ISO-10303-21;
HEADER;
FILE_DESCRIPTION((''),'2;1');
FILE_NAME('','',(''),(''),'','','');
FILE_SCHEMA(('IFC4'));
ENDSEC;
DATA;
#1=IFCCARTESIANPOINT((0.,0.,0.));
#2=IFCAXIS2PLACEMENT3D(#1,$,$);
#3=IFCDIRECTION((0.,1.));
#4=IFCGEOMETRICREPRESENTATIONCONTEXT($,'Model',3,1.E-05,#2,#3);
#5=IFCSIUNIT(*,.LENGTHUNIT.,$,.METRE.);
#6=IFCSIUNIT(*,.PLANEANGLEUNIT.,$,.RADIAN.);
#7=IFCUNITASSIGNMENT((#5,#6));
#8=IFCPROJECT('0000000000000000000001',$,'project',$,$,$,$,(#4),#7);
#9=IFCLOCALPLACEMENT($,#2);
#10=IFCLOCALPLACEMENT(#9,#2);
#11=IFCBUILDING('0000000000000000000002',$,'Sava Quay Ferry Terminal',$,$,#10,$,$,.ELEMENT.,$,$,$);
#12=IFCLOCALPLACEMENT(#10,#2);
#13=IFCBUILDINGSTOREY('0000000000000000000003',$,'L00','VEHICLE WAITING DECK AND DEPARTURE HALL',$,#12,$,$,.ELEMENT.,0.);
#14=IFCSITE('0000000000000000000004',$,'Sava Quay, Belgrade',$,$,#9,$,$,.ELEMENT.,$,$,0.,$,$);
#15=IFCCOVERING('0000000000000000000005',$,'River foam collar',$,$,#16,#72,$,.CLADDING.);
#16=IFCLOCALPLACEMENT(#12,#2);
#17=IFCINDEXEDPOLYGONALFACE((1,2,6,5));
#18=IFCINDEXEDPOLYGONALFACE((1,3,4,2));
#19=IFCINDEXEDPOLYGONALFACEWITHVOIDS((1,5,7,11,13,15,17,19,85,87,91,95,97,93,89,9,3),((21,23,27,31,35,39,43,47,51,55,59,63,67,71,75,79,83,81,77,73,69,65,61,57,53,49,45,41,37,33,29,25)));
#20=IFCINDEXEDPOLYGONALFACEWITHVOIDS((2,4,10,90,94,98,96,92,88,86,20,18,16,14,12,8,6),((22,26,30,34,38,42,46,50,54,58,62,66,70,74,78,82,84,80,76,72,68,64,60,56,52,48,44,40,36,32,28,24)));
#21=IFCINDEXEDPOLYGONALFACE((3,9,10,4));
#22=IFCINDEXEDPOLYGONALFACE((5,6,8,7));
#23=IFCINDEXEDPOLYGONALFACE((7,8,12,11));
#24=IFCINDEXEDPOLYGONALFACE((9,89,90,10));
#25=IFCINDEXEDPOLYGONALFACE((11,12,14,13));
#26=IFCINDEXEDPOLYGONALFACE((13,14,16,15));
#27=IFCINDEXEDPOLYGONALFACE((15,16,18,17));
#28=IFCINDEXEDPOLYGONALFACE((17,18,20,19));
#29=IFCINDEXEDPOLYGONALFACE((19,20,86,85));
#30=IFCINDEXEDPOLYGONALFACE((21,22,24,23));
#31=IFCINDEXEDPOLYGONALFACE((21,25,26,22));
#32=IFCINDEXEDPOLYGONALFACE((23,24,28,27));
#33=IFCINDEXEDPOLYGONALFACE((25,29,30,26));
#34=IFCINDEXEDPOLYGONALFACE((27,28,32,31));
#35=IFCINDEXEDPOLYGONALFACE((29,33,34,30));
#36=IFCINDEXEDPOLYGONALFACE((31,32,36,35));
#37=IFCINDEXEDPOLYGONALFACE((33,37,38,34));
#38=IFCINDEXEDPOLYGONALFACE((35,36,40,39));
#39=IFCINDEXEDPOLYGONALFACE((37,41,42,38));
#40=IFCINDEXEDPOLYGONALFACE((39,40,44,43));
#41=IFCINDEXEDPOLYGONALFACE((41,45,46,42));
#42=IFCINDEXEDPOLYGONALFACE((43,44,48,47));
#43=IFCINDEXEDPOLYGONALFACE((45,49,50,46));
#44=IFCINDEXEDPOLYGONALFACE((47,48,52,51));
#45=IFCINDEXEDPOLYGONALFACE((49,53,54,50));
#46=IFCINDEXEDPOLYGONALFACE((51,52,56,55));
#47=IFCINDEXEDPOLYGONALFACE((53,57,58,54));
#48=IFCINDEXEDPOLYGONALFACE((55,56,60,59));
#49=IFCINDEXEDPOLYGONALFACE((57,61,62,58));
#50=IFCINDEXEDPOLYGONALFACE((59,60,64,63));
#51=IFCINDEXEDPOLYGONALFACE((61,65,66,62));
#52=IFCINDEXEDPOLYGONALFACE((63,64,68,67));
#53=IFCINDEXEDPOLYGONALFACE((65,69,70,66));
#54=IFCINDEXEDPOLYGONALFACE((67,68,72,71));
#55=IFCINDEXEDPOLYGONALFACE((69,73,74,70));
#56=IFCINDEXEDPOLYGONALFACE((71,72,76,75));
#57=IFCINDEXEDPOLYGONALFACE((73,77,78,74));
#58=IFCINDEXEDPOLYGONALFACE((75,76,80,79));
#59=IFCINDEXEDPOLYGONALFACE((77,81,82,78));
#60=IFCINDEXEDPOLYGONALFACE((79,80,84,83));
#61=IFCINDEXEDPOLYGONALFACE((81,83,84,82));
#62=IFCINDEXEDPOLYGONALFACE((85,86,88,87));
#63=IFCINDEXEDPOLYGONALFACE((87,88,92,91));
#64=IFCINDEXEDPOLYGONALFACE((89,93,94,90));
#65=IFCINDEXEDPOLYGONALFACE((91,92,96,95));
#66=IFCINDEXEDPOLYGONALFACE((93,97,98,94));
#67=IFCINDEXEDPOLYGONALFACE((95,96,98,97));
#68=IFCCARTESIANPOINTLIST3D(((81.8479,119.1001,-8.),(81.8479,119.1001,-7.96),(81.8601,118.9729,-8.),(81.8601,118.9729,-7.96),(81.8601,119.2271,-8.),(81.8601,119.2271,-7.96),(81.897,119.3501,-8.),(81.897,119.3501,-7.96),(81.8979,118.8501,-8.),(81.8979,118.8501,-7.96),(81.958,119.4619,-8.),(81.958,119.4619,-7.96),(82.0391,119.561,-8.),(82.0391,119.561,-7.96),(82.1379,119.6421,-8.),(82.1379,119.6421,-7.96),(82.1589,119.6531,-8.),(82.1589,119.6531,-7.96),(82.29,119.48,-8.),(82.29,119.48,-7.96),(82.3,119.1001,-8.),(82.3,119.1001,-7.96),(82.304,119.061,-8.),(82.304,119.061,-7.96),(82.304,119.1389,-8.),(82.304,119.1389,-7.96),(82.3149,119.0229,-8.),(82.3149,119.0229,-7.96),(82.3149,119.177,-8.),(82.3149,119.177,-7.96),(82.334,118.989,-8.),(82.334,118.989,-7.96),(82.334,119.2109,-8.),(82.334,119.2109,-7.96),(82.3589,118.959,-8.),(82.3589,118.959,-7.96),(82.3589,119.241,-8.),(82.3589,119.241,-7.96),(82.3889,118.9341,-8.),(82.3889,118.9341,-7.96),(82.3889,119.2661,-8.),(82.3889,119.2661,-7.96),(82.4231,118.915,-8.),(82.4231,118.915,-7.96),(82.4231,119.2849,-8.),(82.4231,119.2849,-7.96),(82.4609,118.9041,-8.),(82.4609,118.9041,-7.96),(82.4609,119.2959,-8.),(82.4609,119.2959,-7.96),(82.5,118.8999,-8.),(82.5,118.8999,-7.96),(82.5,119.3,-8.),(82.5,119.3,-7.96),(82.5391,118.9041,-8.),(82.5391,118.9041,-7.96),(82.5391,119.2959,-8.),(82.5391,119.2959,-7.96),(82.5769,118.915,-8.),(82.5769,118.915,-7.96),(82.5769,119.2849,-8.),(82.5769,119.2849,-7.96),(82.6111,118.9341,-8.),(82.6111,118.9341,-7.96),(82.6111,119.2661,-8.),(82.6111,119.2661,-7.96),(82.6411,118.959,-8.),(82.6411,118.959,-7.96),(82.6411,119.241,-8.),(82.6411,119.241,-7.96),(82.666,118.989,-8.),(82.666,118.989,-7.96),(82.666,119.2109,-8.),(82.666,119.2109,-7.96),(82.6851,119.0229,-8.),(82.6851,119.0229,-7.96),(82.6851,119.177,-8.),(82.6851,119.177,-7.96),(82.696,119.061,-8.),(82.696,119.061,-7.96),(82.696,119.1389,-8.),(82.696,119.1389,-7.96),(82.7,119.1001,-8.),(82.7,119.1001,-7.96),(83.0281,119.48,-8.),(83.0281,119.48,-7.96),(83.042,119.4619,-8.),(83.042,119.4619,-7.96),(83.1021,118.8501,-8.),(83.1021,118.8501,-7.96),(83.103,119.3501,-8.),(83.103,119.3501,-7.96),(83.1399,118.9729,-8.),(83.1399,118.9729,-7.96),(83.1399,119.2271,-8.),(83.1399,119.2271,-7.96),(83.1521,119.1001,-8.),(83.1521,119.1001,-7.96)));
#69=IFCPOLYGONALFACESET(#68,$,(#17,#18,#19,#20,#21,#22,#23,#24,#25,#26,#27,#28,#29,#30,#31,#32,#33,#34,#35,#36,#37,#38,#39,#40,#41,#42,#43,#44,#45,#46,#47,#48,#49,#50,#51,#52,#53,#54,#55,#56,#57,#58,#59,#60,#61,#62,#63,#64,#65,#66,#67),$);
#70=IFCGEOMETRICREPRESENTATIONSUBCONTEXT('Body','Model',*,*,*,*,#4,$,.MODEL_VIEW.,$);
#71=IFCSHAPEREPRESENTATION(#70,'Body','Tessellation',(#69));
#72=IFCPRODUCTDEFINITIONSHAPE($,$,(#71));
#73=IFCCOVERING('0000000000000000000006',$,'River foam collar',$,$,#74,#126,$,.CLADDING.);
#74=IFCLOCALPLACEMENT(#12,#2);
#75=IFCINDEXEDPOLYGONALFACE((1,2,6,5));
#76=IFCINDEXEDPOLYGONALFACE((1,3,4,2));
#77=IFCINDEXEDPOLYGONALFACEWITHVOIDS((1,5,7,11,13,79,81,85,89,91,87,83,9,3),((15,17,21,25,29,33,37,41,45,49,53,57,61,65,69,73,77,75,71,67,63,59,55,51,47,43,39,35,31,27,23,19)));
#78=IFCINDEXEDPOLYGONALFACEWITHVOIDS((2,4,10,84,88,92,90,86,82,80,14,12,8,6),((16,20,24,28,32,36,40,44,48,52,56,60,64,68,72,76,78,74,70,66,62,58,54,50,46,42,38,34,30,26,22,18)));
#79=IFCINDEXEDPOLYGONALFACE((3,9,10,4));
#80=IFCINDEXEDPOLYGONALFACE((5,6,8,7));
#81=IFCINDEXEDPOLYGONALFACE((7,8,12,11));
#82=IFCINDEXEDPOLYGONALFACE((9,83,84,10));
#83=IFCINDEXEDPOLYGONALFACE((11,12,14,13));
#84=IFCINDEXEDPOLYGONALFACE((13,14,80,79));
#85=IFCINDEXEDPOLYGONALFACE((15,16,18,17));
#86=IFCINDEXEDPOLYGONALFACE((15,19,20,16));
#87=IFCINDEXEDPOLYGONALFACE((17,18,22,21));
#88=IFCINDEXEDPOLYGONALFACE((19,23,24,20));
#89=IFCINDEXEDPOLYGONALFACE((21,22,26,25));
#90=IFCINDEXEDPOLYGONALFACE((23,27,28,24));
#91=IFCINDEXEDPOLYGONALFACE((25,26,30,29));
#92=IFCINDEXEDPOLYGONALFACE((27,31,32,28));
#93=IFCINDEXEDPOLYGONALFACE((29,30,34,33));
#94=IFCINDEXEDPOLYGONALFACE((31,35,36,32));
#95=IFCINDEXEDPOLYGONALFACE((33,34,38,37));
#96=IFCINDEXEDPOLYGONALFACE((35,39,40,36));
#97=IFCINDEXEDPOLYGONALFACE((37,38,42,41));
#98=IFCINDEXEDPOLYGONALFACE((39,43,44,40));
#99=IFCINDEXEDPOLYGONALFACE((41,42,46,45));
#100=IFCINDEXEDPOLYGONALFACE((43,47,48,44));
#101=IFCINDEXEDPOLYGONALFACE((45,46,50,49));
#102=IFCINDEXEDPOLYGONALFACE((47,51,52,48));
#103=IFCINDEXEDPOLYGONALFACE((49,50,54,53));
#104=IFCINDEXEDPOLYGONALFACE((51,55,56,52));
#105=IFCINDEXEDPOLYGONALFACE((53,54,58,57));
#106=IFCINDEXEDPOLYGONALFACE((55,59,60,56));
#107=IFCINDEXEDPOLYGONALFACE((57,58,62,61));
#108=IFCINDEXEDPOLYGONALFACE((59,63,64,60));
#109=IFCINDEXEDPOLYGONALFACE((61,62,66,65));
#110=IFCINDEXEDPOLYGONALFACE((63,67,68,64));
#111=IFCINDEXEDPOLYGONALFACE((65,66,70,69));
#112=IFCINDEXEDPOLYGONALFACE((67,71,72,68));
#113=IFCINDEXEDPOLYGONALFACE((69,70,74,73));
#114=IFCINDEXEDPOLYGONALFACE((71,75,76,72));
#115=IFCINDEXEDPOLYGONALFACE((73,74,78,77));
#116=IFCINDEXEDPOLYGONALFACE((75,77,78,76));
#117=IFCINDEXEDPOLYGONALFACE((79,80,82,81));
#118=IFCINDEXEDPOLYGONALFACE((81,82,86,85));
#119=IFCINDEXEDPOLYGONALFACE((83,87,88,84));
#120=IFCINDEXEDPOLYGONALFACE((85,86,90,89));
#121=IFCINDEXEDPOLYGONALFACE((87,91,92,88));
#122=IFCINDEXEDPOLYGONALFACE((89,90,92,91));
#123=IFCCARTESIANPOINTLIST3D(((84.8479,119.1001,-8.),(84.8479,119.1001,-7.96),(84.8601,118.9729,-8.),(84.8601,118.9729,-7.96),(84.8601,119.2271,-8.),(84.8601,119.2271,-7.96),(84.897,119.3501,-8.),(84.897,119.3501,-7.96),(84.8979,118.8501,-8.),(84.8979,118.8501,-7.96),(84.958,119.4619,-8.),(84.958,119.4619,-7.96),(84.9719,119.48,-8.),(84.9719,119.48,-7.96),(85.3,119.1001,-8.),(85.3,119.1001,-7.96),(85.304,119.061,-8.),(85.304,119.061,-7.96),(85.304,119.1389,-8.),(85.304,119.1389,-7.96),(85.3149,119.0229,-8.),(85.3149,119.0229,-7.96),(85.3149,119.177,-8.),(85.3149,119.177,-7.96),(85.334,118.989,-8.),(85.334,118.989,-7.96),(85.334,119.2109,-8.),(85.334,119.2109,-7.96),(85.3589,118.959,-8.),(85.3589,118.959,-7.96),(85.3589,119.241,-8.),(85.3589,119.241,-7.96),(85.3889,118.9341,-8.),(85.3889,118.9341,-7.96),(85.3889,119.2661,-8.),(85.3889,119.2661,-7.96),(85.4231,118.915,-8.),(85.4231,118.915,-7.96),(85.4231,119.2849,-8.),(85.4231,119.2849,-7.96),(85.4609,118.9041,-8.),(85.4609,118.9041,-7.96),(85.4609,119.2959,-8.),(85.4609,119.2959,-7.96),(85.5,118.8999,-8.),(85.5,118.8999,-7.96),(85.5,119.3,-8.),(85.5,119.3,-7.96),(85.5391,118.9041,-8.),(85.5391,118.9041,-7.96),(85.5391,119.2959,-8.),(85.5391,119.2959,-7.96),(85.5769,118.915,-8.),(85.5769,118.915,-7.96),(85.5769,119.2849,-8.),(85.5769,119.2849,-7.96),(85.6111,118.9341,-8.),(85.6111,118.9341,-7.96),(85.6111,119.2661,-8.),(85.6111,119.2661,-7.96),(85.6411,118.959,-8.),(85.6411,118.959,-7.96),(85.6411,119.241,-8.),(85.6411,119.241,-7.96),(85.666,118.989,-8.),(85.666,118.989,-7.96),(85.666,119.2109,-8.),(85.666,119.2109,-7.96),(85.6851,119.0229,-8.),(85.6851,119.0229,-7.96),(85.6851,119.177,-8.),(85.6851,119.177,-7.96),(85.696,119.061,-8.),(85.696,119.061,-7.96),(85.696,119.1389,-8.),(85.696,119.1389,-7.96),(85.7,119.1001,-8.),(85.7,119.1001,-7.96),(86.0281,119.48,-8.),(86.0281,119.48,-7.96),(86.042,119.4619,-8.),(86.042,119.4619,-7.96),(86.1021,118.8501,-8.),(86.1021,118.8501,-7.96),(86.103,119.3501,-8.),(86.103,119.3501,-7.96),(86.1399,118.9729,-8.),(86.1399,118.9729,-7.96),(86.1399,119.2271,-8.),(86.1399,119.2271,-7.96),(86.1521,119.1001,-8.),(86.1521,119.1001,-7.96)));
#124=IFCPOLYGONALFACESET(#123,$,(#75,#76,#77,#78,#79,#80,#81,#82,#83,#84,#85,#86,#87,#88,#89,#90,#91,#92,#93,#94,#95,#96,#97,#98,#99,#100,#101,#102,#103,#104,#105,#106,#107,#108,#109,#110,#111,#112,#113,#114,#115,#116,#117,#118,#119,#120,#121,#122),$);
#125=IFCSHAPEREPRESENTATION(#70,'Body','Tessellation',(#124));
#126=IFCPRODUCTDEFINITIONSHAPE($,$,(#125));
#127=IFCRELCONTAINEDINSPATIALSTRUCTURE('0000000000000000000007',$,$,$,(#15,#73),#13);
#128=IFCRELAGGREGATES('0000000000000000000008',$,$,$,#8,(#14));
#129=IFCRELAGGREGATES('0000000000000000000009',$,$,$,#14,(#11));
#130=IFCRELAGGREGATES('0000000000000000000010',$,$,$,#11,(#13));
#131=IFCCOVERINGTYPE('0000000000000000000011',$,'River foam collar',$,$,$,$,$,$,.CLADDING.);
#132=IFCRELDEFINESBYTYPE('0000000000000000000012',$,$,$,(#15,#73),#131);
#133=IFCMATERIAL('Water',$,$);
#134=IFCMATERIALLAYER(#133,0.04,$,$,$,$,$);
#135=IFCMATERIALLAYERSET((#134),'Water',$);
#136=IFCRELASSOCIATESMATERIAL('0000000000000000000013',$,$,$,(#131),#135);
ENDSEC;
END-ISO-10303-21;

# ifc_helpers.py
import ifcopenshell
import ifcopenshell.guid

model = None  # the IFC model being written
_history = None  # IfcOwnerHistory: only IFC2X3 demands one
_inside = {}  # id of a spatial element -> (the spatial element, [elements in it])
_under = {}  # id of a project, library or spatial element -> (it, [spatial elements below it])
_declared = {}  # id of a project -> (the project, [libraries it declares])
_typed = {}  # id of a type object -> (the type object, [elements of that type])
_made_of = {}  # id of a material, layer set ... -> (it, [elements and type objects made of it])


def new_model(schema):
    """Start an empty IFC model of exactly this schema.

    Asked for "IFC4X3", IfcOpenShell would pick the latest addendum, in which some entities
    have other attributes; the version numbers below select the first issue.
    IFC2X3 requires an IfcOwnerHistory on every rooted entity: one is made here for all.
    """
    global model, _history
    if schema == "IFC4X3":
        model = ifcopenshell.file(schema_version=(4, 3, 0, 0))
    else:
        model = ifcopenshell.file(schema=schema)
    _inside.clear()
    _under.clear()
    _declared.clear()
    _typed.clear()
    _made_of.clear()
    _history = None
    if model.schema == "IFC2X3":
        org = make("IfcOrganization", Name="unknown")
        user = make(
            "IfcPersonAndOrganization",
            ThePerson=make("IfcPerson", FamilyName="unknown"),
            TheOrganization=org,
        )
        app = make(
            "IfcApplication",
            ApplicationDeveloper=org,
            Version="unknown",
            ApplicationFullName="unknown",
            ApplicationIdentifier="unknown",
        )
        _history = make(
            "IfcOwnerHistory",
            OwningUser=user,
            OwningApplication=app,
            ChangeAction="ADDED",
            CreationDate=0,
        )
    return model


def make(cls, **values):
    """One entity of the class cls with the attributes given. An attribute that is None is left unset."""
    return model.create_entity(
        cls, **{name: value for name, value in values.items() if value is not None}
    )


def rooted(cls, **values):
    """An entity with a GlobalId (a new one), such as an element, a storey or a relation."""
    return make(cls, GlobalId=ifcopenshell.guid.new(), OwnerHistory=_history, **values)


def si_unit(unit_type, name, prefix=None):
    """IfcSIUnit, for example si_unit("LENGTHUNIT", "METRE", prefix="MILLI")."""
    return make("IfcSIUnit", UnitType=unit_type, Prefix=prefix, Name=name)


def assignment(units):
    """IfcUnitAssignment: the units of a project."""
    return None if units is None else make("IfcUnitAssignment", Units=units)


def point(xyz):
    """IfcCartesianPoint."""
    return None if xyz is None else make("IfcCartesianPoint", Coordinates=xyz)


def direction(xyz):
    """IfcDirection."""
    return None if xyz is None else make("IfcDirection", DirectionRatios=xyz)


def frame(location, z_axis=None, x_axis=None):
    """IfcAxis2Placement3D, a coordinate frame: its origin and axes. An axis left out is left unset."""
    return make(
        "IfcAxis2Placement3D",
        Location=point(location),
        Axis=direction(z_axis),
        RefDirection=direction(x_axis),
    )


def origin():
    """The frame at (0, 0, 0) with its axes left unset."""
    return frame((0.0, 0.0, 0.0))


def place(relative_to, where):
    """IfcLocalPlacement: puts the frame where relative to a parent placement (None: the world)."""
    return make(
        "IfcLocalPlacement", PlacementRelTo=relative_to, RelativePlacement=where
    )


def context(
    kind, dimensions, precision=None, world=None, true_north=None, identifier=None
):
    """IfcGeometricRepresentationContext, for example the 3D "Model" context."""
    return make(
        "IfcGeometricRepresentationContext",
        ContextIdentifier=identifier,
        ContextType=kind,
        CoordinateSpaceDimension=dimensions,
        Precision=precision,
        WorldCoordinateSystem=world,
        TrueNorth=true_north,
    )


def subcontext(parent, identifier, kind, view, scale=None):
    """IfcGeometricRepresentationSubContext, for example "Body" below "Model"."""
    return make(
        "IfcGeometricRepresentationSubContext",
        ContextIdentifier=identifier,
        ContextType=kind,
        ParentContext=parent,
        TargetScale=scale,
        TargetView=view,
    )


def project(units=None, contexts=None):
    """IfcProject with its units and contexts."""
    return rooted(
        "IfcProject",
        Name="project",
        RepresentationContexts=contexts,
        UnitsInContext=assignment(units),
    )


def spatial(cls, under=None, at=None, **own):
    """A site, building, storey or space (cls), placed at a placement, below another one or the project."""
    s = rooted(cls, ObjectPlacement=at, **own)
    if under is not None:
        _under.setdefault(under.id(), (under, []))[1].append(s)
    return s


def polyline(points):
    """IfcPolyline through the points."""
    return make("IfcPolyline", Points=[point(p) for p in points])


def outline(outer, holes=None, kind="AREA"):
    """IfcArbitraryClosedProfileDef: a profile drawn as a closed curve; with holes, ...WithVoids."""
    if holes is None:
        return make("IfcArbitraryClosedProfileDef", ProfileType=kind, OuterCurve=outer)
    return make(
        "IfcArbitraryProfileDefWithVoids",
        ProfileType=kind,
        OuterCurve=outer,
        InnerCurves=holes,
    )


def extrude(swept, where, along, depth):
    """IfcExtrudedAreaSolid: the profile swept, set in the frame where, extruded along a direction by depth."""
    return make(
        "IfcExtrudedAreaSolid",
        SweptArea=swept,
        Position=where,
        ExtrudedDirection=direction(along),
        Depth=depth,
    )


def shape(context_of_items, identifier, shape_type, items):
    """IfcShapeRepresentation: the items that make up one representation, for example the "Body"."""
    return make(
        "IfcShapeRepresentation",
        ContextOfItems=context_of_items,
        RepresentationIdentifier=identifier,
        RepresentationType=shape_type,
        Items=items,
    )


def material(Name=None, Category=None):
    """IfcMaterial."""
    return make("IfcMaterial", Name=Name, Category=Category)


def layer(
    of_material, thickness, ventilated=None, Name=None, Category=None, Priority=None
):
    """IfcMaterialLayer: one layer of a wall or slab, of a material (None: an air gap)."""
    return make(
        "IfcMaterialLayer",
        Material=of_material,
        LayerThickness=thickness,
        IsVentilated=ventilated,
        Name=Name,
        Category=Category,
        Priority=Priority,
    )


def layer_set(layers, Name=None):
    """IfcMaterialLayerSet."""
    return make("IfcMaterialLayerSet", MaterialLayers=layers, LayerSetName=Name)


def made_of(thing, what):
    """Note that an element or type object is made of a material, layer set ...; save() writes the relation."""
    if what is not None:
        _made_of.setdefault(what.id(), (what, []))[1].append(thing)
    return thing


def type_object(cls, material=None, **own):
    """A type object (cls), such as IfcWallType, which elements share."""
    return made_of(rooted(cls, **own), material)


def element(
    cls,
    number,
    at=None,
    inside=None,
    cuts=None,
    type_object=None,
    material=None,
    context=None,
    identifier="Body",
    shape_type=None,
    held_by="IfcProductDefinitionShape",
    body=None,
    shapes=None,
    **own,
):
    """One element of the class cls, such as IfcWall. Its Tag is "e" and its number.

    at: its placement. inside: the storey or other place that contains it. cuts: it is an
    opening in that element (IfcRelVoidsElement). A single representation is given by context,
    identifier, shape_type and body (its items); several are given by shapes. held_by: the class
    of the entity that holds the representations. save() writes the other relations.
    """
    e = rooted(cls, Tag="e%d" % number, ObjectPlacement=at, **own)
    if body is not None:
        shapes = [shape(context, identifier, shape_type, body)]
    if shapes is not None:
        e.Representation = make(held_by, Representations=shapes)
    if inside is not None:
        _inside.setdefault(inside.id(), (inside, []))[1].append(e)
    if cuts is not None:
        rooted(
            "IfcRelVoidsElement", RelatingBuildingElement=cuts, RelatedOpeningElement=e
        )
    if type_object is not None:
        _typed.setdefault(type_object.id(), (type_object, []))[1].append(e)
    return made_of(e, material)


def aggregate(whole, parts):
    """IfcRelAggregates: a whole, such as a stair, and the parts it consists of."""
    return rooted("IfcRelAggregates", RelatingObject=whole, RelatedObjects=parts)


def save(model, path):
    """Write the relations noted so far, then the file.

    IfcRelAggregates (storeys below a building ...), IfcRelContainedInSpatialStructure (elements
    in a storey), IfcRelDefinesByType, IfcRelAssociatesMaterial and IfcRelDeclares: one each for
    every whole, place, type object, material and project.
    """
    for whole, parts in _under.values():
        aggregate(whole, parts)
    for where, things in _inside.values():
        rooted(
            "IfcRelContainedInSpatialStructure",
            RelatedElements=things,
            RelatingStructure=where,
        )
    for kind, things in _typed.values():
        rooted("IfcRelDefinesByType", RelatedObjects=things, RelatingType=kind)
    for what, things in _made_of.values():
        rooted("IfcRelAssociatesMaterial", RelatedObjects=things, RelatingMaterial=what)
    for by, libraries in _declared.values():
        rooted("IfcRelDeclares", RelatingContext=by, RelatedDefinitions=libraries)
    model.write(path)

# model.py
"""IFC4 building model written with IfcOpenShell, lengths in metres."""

from ifc_helpers import new_model, si_unit, direction, frame, origin, place, context, subcontext, project, spatial, polyline, outline, extrude, material, layer, layer_set, type_object, element, save


model = new_model("IFC4")

# Units and contexts
model_context = context("Model", 3, precision=1e-05, world=origin(), true_north=direction((0.0, 1.0)))
body_context = subcontext(model_context, "Body", "Model", "MODEL_VIEW")
ifc_project = project(units=[si_unit("LENGTHUNIT", "METRE"), si_unit("PLANEANGLEUNIT", "RADIAN")], contexts=[model_context])

# Site, building, storey
site_placement = place(None, origin())
site = spatial("IfcSite", under=ifc_project, at=site_placement, Name="Sava Quay, Belgrade", CompositionType="ELEMENT", RefElevation=0.0)
building_placement = place(site_placement, origin())
building = spatial("IfcBuilding", under=site, at=building_placement, Name="Sava Quay Ferry Terminal", CompositionType="ELEMENT")
storey_placement = place(building_placement, origin())
storey = spatial("IfcBuildingStorey", under=building, at=storey_placement, Name="L00", Description="VEHICLE WAITING DECK AND DEPARTURE HALL", CompositionType="ELEMENT", Elevation=0.0)

# Coverings
ifc_material = material(Name="Water")
ifc_layer = layer(ifc_material, 0.04)
ifc_layer_set = layer_set([ifc_layer], Name="Water")
covering_type = type_object("IfcCoveringType", Name="River foam collar", PredefinedType="CLADDING", material=ifc_layer_set)
covering_1_placement = place(storey_placement, frame((0.0, 0.0, -8.0)))
element("IfcCovering", 1, at=covering_1_placement, inside=storey, type_object=covering_type, Name="River foam collar", PredefinedType="CLADDING", context=body_context, shape_type="SweptSolid", body=[
    extrude(outline(polyline([(81.8979, 118.8501), (83.1021, 118.8501), (83.1399, 118.9729), (83.1521, 119.1001), (83.1399, 119.2271), (83.103, 119.3501), (83.042, 119.4619), (83.0281, 119.48), (82.29, 119.48), (82.1589, 119.6531), (82.1379, 119.6421), (82.0391, 119.561), (81.958, 119.4619), (81.897, 119.3501), (81.8601, 119.2271), (81.8479, 119.1001), (81.8601, 118.9729), (81.8979, 118.8501)]), holes=[polyline([(82.4231, 118.915), (82.3889, 118.9341), (82.3589, 118.959), (82.334, 118.989), (82.3149, 119.0229), (82.304, 119.061), (82.3, 119.1001), (82.304, 119.1389), (82.3149, 119.177), (82.334, 119.2109), (82.3589, 119.241), (82.3889, 119.2661), (82.4231, 119.2849), (82.4609, 119.2959), (82.5, 119.3), (82.5391, 119.2959), (82.5769, 119.2849), (82.6111, 119.2661), (82.6411, 119.241), (82.666, 119.2109), (82.6851, 119.177), (82.696, 119.1389), (82.7, 119.1001), (82.696, 119.061), (82.6851, 119.0229), (82.666, 118.989), (82.6411, 118.959), (82.6111, 118.9341), (82.5769, 118.915), (82.5391, 118.9041), (82.5, 118.8999), (82.4609, 118.9041), (82.4231, 118.915)])]), origin(), (0.0, 0.0, 1.0), 0.04),
])
covering_2_placement = place(storey_placement, frame((0.0, 0.0, -8.0)))
element("IfcCovering", 2, at=covering_2_placement, inside=storey, type_object=covering_type, Name="River foam collar", PredefinedType="CLADDING", context=body_context, shape_type="SweptSolid", body=[
    extrude(outline(polyline([(84.8479, 119.1001), (84.8601, 118.9729), (84.8979, 118.8501), (86.1021, 118.8501), (86.1399, 118.9729), (86.1521, 119.1001), (86.1399, 119.2271), (86.103, 119.3501), (86.042, 119.4619), (86.0281, 119.48), (84.9719, 119.48), (84.958, 119.4619), (84.897, 119.3501), (84.8601, 119.2271), (84.8479, 119.1001)]), holes=[polyline([(85.4609, 118.9041), (85.4231, 118.915), (85.3889, 118.9341), (85.3589, 118.959), (85.334, 118.989), (85.3149, 119.0229), (85.304, 119.061), (85.3, 119.1001), (85.304, 119.1389), (85.3149, 119.177), (85.334, 119.2109), (85.3589, 119.241), (85.3889, 119.2661), (85.4231, 119.2849), (85.4609, 119.2959), (85.5, 119.3), (85.5391, 119.2959), (85.5769, 119.2849), (85.6111, 119.2661), (85.6411, 119.241), (85.666, 119.2109), (85.6851, 119.177), (85.696, 119.1389), (85.7, 119.1001), (85.696, 119.061), (85.6851, 119.0229), (85.666, 118.989), (85.6411, 118.959), (85.6111, 118.9341), (85.5769, 118.915), (85.5391, 118.9041), (85.5, 118.8999), (85.4609, 118.9041)])]), origin(), (0.0, 0.0, 1.0), 0.04),
])

save(model, "model.ifc")
